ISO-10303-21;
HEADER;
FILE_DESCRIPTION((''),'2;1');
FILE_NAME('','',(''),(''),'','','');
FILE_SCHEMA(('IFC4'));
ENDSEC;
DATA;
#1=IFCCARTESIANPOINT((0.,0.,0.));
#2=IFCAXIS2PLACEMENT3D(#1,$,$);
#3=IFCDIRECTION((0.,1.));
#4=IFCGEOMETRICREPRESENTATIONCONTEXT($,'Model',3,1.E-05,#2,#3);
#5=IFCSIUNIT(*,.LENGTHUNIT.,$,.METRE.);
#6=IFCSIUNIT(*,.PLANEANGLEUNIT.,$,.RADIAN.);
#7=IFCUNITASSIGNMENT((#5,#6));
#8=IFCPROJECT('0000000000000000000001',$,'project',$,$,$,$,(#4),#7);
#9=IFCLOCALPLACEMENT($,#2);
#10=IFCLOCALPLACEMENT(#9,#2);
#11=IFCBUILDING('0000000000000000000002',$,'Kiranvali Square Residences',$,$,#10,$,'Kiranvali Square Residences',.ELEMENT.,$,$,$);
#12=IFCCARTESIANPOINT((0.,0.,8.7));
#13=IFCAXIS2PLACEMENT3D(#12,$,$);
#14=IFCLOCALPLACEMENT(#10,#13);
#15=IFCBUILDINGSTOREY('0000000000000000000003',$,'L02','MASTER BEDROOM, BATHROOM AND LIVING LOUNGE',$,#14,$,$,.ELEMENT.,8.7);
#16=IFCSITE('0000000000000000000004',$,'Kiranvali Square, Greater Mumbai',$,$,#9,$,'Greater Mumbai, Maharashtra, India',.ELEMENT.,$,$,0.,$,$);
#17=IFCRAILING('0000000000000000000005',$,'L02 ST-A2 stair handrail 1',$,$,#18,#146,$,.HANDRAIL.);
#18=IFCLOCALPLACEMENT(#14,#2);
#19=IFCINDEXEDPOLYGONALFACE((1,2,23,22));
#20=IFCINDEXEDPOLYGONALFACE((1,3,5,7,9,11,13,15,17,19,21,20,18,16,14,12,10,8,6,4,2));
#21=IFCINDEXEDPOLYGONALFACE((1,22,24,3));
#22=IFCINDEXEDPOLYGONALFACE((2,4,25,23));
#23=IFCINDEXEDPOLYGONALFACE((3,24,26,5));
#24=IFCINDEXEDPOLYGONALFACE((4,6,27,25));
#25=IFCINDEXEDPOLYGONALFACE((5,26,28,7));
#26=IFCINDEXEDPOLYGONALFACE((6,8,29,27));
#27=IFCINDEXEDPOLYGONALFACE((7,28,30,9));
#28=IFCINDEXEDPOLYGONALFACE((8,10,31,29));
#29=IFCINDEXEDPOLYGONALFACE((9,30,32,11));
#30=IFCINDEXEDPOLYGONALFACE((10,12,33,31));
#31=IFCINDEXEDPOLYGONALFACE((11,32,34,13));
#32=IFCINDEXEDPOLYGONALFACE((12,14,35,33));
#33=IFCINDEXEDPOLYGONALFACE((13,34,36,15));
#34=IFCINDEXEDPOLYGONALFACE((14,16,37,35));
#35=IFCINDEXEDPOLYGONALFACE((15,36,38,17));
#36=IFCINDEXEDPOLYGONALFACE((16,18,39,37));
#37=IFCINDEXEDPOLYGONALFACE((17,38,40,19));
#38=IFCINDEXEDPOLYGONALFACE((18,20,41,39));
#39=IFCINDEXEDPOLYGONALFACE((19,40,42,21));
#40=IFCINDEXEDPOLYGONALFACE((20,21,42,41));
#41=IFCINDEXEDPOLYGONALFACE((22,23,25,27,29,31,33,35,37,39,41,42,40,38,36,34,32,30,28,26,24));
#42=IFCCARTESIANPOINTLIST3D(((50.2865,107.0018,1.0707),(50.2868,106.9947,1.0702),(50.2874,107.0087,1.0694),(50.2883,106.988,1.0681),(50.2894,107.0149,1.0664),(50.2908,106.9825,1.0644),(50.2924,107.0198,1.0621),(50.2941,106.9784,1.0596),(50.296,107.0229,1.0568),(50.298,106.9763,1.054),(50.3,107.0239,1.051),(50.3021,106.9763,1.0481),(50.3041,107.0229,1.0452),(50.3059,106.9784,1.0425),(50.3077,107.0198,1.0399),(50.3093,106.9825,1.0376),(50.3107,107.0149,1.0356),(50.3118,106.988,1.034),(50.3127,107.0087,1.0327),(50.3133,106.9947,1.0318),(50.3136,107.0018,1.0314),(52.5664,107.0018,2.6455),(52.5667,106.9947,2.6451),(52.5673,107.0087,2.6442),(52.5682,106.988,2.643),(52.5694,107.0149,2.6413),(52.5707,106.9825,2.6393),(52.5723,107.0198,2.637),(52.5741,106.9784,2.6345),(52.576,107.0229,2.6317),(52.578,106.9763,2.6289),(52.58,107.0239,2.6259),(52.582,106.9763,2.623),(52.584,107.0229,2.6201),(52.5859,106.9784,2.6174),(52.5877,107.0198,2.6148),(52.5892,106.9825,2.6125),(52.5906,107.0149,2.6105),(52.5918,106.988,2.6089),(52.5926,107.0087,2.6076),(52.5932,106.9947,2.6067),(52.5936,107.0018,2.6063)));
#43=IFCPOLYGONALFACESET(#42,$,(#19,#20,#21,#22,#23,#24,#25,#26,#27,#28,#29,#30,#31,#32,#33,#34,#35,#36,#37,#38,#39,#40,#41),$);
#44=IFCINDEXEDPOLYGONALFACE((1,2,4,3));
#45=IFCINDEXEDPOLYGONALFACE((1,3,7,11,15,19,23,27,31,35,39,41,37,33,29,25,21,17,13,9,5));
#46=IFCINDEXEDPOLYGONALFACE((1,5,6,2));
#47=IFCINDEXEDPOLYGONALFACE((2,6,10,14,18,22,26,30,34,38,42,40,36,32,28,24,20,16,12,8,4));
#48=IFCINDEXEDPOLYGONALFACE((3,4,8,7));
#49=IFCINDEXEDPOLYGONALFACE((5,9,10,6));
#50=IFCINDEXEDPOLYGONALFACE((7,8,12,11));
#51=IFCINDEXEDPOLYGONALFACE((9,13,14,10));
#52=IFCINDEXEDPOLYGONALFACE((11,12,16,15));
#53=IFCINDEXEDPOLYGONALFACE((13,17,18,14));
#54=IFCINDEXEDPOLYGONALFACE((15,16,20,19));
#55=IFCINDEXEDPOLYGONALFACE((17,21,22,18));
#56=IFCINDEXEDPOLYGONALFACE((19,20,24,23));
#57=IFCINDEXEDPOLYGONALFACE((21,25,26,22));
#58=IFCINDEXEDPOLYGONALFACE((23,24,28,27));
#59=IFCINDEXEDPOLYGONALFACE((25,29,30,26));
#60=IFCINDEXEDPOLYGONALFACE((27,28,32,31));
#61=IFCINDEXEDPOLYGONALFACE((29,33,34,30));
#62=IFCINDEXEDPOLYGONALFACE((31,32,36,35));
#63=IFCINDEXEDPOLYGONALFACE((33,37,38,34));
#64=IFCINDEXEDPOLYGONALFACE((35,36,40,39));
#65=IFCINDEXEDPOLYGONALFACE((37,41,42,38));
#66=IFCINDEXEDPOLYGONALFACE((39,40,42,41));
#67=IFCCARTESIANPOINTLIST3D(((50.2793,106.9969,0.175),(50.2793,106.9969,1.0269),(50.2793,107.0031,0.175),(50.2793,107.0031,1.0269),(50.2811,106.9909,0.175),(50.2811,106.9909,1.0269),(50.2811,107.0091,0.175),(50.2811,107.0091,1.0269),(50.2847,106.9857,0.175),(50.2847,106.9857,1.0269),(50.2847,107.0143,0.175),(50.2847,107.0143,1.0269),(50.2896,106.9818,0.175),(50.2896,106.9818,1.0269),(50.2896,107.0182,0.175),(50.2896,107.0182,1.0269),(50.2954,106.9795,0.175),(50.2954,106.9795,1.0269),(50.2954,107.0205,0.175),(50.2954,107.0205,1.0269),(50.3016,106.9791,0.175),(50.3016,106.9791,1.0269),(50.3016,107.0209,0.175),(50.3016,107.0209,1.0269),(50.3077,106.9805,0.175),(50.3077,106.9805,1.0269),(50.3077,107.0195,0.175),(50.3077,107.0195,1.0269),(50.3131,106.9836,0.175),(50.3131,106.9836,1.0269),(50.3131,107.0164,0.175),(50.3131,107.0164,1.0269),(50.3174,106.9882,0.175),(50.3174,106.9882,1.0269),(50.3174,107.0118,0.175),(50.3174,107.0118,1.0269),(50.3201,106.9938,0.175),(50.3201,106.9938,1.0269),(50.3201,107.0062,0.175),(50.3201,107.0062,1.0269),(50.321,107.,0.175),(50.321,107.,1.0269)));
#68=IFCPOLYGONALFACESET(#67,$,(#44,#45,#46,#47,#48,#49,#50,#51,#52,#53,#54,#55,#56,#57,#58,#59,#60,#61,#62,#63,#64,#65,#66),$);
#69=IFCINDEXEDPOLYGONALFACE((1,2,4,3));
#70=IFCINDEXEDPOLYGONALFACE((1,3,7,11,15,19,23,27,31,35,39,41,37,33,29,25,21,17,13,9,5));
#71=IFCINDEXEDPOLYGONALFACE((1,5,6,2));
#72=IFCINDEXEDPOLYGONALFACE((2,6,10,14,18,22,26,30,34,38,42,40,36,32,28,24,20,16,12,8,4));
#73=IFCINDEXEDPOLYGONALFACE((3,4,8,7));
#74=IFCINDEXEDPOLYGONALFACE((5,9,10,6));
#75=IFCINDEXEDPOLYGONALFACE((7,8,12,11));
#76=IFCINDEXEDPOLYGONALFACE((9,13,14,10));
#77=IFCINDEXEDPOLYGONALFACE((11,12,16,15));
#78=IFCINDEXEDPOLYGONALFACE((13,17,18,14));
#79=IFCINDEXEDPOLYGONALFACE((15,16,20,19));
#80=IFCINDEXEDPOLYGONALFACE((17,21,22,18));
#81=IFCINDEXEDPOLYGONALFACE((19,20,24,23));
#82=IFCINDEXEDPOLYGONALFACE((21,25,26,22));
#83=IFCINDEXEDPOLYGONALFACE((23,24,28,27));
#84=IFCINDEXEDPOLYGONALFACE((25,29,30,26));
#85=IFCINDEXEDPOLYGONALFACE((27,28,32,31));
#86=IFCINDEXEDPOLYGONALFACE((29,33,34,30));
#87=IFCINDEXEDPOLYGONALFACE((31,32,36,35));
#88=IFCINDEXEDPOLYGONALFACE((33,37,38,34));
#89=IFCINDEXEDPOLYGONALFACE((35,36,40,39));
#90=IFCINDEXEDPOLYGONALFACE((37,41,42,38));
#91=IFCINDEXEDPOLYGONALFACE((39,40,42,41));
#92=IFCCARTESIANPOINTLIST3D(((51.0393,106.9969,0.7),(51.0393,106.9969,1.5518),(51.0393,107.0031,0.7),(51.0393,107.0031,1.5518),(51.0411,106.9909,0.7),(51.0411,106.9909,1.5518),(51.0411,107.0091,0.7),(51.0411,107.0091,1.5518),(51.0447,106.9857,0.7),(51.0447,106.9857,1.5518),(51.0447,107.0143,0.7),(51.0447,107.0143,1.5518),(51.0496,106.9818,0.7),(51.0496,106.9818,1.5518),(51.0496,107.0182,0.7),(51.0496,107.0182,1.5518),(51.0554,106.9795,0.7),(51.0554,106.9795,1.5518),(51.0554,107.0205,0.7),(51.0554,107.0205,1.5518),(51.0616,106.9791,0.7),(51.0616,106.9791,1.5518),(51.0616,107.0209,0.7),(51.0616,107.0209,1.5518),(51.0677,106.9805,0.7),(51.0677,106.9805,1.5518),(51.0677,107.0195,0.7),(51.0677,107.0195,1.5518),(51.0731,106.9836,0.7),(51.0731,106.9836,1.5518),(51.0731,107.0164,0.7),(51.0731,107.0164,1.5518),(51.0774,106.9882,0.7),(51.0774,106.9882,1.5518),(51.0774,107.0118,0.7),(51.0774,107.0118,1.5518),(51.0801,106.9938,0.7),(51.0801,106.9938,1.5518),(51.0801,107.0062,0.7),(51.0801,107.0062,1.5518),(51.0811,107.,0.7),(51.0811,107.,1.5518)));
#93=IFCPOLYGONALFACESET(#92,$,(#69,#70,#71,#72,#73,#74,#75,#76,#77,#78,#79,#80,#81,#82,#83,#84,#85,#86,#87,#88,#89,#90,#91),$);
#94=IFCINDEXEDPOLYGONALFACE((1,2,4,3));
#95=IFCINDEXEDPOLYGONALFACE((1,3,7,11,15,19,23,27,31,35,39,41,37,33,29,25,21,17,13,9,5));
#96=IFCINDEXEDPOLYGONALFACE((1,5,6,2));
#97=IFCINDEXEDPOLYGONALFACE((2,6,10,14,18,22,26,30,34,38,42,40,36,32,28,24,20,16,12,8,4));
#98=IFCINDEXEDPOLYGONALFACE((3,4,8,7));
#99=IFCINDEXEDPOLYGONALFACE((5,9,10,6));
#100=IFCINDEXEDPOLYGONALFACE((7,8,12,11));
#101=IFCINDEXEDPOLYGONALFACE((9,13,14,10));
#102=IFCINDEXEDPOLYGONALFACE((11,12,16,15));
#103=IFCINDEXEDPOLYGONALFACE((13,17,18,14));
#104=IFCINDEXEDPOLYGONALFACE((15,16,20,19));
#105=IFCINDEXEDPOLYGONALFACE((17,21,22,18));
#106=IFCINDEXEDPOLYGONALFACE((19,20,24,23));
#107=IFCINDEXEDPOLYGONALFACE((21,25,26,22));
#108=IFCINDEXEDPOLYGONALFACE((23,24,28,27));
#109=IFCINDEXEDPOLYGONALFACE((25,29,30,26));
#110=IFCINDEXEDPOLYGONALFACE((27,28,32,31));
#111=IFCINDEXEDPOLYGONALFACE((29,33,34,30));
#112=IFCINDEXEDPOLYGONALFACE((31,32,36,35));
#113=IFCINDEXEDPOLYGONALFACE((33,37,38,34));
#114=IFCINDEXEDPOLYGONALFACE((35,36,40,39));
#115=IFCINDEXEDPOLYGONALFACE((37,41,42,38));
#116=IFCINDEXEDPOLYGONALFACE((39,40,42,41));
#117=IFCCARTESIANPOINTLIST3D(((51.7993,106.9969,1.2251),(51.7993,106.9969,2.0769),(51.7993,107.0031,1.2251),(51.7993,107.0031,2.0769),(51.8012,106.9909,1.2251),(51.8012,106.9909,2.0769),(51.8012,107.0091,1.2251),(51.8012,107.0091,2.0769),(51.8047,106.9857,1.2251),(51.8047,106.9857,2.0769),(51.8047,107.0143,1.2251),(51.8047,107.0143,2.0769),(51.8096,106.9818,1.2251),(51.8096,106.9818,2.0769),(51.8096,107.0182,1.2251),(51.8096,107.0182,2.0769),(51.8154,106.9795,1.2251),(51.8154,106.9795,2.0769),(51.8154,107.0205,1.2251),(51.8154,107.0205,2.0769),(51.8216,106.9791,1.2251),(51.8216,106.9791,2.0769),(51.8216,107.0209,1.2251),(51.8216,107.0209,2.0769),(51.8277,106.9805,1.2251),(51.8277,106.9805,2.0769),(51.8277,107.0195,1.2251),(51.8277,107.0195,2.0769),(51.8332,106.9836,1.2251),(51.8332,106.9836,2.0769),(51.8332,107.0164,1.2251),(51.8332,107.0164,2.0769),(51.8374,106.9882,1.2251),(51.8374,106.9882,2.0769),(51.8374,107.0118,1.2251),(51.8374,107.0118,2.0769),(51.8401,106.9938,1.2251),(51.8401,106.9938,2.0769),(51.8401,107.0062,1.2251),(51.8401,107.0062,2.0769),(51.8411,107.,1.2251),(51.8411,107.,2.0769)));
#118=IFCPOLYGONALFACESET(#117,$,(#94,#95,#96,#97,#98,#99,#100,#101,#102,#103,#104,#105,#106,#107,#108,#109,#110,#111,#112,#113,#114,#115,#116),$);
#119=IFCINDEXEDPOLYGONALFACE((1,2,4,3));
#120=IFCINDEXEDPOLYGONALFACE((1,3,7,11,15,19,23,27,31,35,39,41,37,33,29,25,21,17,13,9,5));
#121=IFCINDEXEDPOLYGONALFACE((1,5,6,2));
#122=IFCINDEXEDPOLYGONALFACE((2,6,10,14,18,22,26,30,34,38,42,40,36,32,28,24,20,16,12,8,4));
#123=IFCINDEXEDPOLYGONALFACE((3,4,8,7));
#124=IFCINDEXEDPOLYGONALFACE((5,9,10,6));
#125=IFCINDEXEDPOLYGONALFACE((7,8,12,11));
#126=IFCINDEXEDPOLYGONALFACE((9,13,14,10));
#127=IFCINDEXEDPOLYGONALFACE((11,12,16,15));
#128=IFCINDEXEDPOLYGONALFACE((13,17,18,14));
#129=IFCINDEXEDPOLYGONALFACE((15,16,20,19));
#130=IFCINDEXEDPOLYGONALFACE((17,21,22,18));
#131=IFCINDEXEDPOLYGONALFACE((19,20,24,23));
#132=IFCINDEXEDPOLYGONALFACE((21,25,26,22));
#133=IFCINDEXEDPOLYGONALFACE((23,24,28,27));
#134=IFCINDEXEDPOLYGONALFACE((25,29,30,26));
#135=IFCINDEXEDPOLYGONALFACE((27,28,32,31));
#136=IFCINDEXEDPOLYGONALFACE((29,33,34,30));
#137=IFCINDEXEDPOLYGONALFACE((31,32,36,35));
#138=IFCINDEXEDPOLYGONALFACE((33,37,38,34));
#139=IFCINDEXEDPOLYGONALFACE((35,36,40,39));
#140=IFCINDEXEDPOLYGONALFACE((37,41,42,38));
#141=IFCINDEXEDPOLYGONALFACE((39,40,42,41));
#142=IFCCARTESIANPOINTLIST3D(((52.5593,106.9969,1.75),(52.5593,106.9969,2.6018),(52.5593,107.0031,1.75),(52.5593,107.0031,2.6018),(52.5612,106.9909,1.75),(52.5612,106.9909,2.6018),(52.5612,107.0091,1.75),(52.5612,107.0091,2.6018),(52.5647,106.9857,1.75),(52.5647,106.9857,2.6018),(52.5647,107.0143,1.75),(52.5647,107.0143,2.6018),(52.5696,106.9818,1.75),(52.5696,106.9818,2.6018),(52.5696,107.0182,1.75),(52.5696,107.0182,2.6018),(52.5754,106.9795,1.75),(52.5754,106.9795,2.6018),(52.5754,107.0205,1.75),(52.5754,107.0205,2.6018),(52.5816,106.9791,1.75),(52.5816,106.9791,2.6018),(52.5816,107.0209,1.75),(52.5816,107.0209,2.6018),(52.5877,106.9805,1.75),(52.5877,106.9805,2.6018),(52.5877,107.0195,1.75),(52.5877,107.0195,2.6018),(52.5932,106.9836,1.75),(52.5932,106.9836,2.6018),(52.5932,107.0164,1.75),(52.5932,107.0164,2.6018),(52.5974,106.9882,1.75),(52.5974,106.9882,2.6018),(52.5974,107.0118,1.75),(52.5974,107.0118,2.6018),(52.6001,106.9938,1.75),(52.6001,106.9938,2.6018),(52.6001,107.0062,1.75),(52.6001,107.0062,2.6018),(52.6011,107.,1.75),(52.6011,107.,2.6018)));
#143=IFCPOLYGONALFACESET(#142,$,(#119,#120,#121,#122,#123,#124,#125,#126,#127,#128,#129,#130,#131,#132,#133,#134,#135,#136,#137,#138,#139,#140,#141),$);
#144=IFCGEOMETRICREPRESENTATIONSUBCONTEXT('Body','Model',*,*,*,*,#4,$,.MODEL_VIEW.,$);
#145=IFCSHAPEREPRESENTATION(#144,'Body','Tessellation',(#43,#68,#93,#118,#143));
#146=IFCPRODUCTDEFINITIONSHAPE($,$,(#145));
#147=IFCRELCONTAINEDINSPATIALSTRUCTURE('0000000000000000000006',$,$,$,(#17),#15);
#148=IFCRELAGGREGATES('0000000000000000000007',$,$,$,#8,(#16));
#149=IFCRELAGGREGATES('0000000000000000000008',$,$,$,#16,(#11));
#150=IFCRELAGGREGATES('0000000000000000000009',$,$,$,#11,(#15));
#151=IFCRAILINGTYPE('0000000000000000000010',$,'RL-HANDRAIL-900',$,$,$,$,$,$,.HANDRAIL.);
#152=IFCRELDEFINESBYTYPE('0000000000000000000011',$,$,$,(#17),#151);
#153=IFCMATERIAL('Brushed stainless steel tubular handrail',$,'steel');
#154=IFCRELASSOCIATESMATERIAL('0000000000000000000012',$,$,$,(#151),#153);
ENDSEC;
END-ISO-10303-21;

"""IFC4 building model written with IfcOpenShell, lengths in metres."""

from ifc_helpers import new_model, si_unit, direction, frame, origin, origin_2d, place, context, subcontext, project, spatial, circle, extrude, material, type_object, element, save


model = new_model("IFC4")

# Units and contexts
model_context = context("Model", 3, precision=1e-05, world=origin(), true_north=direction((0.0, 1.0)))
body_context = subcontext(model_context, "Body", "Model", "MODEL_VIEW")
ifc_project = project(units=[si_unit("LENGTHUNIT", "METRE"), si_unit("PLANEANGLEUNIT", "RADIAN")], contexts=[model_context])

# Site, building, storey
site_placement = place(None, origin())
site = spatial("IfcSite", under=ifc_project, at=site_placement, Name="Kiranvali Square, Greater Mumbai", LongName="Greater Mumbai, Maharashtra, India", CompositionType="ELEMENT", RefElevation=0.0)
building_placement = place(site_placement, origin())
building = spatial("IfcBuilding", under=site, at=building_placement, Name="Kiranvali Square Residences", LongName="Kiranvali Square Residences", CompositionType="ELEMENT")
storey_placement = place(building_placement, frame((0.0, 0.0, 8.7)))
storey = spatial("IfcBuildingStorey", under=building, at=storey_placement, Name="L02", Description="MASTER BEDROOM, BATHROOM AND LIVING LOUNGE", CompositionType="ELEMENT", Elevation=8.7)

# Railing
ifc_material_1 = material(Name="Brushed stainless steel tubular handrail", Category="steel")
railing_type_1 = type_object("IfcRailingType", Name="RL-HANDRAIL-900", PredefinedType="HANDRAIL", material=ifc_material_1)
railing_1_placement = place(storey_placement, frame((50.3, 107.0, 0.175)))
element("IfcRailing", 1, at=railing_1_placement, inside=storey, type_object=railing_type_1, Name="L02 ST-A2 stair handrail 1", PredefinedType="HANDRAIL", context=body_context, shape_type="SweptSolid", body=[
    extrude(circle(Radius=0.0239, at=origin_2d()), frame((0.0, 0.0, 0.876), z_axis=(0.822788, 0.0, 0.568348), x_axis=(0.0, 1.0, 0.0)), (0.0, 0.0, 1.0), 2.771),
    extrude(circle(Radius=0.021, at=origin_2d()), origin(), (0.0, 0.0, 1.0), 0.8518),
    extrude(circle(Radius=0.021, at=origin_2d()), frame((0.76, 0.0, 0.5249)), (0.0, 0.0, 1.0), 0.8518),
    extrude(circle(Radius=0.021, at=origin_2d()), frame((1.52, 0.0, 1.05)), (0.0, 0.0, 1.0), 0.8518),
    extrude(circle(Radius=0.021, at=origin_2d()), frame((2.28, 0.0, 1.575)), (0.0, 0.0, 1.0), 0.8518),
])

save(model, "model.ifc")
